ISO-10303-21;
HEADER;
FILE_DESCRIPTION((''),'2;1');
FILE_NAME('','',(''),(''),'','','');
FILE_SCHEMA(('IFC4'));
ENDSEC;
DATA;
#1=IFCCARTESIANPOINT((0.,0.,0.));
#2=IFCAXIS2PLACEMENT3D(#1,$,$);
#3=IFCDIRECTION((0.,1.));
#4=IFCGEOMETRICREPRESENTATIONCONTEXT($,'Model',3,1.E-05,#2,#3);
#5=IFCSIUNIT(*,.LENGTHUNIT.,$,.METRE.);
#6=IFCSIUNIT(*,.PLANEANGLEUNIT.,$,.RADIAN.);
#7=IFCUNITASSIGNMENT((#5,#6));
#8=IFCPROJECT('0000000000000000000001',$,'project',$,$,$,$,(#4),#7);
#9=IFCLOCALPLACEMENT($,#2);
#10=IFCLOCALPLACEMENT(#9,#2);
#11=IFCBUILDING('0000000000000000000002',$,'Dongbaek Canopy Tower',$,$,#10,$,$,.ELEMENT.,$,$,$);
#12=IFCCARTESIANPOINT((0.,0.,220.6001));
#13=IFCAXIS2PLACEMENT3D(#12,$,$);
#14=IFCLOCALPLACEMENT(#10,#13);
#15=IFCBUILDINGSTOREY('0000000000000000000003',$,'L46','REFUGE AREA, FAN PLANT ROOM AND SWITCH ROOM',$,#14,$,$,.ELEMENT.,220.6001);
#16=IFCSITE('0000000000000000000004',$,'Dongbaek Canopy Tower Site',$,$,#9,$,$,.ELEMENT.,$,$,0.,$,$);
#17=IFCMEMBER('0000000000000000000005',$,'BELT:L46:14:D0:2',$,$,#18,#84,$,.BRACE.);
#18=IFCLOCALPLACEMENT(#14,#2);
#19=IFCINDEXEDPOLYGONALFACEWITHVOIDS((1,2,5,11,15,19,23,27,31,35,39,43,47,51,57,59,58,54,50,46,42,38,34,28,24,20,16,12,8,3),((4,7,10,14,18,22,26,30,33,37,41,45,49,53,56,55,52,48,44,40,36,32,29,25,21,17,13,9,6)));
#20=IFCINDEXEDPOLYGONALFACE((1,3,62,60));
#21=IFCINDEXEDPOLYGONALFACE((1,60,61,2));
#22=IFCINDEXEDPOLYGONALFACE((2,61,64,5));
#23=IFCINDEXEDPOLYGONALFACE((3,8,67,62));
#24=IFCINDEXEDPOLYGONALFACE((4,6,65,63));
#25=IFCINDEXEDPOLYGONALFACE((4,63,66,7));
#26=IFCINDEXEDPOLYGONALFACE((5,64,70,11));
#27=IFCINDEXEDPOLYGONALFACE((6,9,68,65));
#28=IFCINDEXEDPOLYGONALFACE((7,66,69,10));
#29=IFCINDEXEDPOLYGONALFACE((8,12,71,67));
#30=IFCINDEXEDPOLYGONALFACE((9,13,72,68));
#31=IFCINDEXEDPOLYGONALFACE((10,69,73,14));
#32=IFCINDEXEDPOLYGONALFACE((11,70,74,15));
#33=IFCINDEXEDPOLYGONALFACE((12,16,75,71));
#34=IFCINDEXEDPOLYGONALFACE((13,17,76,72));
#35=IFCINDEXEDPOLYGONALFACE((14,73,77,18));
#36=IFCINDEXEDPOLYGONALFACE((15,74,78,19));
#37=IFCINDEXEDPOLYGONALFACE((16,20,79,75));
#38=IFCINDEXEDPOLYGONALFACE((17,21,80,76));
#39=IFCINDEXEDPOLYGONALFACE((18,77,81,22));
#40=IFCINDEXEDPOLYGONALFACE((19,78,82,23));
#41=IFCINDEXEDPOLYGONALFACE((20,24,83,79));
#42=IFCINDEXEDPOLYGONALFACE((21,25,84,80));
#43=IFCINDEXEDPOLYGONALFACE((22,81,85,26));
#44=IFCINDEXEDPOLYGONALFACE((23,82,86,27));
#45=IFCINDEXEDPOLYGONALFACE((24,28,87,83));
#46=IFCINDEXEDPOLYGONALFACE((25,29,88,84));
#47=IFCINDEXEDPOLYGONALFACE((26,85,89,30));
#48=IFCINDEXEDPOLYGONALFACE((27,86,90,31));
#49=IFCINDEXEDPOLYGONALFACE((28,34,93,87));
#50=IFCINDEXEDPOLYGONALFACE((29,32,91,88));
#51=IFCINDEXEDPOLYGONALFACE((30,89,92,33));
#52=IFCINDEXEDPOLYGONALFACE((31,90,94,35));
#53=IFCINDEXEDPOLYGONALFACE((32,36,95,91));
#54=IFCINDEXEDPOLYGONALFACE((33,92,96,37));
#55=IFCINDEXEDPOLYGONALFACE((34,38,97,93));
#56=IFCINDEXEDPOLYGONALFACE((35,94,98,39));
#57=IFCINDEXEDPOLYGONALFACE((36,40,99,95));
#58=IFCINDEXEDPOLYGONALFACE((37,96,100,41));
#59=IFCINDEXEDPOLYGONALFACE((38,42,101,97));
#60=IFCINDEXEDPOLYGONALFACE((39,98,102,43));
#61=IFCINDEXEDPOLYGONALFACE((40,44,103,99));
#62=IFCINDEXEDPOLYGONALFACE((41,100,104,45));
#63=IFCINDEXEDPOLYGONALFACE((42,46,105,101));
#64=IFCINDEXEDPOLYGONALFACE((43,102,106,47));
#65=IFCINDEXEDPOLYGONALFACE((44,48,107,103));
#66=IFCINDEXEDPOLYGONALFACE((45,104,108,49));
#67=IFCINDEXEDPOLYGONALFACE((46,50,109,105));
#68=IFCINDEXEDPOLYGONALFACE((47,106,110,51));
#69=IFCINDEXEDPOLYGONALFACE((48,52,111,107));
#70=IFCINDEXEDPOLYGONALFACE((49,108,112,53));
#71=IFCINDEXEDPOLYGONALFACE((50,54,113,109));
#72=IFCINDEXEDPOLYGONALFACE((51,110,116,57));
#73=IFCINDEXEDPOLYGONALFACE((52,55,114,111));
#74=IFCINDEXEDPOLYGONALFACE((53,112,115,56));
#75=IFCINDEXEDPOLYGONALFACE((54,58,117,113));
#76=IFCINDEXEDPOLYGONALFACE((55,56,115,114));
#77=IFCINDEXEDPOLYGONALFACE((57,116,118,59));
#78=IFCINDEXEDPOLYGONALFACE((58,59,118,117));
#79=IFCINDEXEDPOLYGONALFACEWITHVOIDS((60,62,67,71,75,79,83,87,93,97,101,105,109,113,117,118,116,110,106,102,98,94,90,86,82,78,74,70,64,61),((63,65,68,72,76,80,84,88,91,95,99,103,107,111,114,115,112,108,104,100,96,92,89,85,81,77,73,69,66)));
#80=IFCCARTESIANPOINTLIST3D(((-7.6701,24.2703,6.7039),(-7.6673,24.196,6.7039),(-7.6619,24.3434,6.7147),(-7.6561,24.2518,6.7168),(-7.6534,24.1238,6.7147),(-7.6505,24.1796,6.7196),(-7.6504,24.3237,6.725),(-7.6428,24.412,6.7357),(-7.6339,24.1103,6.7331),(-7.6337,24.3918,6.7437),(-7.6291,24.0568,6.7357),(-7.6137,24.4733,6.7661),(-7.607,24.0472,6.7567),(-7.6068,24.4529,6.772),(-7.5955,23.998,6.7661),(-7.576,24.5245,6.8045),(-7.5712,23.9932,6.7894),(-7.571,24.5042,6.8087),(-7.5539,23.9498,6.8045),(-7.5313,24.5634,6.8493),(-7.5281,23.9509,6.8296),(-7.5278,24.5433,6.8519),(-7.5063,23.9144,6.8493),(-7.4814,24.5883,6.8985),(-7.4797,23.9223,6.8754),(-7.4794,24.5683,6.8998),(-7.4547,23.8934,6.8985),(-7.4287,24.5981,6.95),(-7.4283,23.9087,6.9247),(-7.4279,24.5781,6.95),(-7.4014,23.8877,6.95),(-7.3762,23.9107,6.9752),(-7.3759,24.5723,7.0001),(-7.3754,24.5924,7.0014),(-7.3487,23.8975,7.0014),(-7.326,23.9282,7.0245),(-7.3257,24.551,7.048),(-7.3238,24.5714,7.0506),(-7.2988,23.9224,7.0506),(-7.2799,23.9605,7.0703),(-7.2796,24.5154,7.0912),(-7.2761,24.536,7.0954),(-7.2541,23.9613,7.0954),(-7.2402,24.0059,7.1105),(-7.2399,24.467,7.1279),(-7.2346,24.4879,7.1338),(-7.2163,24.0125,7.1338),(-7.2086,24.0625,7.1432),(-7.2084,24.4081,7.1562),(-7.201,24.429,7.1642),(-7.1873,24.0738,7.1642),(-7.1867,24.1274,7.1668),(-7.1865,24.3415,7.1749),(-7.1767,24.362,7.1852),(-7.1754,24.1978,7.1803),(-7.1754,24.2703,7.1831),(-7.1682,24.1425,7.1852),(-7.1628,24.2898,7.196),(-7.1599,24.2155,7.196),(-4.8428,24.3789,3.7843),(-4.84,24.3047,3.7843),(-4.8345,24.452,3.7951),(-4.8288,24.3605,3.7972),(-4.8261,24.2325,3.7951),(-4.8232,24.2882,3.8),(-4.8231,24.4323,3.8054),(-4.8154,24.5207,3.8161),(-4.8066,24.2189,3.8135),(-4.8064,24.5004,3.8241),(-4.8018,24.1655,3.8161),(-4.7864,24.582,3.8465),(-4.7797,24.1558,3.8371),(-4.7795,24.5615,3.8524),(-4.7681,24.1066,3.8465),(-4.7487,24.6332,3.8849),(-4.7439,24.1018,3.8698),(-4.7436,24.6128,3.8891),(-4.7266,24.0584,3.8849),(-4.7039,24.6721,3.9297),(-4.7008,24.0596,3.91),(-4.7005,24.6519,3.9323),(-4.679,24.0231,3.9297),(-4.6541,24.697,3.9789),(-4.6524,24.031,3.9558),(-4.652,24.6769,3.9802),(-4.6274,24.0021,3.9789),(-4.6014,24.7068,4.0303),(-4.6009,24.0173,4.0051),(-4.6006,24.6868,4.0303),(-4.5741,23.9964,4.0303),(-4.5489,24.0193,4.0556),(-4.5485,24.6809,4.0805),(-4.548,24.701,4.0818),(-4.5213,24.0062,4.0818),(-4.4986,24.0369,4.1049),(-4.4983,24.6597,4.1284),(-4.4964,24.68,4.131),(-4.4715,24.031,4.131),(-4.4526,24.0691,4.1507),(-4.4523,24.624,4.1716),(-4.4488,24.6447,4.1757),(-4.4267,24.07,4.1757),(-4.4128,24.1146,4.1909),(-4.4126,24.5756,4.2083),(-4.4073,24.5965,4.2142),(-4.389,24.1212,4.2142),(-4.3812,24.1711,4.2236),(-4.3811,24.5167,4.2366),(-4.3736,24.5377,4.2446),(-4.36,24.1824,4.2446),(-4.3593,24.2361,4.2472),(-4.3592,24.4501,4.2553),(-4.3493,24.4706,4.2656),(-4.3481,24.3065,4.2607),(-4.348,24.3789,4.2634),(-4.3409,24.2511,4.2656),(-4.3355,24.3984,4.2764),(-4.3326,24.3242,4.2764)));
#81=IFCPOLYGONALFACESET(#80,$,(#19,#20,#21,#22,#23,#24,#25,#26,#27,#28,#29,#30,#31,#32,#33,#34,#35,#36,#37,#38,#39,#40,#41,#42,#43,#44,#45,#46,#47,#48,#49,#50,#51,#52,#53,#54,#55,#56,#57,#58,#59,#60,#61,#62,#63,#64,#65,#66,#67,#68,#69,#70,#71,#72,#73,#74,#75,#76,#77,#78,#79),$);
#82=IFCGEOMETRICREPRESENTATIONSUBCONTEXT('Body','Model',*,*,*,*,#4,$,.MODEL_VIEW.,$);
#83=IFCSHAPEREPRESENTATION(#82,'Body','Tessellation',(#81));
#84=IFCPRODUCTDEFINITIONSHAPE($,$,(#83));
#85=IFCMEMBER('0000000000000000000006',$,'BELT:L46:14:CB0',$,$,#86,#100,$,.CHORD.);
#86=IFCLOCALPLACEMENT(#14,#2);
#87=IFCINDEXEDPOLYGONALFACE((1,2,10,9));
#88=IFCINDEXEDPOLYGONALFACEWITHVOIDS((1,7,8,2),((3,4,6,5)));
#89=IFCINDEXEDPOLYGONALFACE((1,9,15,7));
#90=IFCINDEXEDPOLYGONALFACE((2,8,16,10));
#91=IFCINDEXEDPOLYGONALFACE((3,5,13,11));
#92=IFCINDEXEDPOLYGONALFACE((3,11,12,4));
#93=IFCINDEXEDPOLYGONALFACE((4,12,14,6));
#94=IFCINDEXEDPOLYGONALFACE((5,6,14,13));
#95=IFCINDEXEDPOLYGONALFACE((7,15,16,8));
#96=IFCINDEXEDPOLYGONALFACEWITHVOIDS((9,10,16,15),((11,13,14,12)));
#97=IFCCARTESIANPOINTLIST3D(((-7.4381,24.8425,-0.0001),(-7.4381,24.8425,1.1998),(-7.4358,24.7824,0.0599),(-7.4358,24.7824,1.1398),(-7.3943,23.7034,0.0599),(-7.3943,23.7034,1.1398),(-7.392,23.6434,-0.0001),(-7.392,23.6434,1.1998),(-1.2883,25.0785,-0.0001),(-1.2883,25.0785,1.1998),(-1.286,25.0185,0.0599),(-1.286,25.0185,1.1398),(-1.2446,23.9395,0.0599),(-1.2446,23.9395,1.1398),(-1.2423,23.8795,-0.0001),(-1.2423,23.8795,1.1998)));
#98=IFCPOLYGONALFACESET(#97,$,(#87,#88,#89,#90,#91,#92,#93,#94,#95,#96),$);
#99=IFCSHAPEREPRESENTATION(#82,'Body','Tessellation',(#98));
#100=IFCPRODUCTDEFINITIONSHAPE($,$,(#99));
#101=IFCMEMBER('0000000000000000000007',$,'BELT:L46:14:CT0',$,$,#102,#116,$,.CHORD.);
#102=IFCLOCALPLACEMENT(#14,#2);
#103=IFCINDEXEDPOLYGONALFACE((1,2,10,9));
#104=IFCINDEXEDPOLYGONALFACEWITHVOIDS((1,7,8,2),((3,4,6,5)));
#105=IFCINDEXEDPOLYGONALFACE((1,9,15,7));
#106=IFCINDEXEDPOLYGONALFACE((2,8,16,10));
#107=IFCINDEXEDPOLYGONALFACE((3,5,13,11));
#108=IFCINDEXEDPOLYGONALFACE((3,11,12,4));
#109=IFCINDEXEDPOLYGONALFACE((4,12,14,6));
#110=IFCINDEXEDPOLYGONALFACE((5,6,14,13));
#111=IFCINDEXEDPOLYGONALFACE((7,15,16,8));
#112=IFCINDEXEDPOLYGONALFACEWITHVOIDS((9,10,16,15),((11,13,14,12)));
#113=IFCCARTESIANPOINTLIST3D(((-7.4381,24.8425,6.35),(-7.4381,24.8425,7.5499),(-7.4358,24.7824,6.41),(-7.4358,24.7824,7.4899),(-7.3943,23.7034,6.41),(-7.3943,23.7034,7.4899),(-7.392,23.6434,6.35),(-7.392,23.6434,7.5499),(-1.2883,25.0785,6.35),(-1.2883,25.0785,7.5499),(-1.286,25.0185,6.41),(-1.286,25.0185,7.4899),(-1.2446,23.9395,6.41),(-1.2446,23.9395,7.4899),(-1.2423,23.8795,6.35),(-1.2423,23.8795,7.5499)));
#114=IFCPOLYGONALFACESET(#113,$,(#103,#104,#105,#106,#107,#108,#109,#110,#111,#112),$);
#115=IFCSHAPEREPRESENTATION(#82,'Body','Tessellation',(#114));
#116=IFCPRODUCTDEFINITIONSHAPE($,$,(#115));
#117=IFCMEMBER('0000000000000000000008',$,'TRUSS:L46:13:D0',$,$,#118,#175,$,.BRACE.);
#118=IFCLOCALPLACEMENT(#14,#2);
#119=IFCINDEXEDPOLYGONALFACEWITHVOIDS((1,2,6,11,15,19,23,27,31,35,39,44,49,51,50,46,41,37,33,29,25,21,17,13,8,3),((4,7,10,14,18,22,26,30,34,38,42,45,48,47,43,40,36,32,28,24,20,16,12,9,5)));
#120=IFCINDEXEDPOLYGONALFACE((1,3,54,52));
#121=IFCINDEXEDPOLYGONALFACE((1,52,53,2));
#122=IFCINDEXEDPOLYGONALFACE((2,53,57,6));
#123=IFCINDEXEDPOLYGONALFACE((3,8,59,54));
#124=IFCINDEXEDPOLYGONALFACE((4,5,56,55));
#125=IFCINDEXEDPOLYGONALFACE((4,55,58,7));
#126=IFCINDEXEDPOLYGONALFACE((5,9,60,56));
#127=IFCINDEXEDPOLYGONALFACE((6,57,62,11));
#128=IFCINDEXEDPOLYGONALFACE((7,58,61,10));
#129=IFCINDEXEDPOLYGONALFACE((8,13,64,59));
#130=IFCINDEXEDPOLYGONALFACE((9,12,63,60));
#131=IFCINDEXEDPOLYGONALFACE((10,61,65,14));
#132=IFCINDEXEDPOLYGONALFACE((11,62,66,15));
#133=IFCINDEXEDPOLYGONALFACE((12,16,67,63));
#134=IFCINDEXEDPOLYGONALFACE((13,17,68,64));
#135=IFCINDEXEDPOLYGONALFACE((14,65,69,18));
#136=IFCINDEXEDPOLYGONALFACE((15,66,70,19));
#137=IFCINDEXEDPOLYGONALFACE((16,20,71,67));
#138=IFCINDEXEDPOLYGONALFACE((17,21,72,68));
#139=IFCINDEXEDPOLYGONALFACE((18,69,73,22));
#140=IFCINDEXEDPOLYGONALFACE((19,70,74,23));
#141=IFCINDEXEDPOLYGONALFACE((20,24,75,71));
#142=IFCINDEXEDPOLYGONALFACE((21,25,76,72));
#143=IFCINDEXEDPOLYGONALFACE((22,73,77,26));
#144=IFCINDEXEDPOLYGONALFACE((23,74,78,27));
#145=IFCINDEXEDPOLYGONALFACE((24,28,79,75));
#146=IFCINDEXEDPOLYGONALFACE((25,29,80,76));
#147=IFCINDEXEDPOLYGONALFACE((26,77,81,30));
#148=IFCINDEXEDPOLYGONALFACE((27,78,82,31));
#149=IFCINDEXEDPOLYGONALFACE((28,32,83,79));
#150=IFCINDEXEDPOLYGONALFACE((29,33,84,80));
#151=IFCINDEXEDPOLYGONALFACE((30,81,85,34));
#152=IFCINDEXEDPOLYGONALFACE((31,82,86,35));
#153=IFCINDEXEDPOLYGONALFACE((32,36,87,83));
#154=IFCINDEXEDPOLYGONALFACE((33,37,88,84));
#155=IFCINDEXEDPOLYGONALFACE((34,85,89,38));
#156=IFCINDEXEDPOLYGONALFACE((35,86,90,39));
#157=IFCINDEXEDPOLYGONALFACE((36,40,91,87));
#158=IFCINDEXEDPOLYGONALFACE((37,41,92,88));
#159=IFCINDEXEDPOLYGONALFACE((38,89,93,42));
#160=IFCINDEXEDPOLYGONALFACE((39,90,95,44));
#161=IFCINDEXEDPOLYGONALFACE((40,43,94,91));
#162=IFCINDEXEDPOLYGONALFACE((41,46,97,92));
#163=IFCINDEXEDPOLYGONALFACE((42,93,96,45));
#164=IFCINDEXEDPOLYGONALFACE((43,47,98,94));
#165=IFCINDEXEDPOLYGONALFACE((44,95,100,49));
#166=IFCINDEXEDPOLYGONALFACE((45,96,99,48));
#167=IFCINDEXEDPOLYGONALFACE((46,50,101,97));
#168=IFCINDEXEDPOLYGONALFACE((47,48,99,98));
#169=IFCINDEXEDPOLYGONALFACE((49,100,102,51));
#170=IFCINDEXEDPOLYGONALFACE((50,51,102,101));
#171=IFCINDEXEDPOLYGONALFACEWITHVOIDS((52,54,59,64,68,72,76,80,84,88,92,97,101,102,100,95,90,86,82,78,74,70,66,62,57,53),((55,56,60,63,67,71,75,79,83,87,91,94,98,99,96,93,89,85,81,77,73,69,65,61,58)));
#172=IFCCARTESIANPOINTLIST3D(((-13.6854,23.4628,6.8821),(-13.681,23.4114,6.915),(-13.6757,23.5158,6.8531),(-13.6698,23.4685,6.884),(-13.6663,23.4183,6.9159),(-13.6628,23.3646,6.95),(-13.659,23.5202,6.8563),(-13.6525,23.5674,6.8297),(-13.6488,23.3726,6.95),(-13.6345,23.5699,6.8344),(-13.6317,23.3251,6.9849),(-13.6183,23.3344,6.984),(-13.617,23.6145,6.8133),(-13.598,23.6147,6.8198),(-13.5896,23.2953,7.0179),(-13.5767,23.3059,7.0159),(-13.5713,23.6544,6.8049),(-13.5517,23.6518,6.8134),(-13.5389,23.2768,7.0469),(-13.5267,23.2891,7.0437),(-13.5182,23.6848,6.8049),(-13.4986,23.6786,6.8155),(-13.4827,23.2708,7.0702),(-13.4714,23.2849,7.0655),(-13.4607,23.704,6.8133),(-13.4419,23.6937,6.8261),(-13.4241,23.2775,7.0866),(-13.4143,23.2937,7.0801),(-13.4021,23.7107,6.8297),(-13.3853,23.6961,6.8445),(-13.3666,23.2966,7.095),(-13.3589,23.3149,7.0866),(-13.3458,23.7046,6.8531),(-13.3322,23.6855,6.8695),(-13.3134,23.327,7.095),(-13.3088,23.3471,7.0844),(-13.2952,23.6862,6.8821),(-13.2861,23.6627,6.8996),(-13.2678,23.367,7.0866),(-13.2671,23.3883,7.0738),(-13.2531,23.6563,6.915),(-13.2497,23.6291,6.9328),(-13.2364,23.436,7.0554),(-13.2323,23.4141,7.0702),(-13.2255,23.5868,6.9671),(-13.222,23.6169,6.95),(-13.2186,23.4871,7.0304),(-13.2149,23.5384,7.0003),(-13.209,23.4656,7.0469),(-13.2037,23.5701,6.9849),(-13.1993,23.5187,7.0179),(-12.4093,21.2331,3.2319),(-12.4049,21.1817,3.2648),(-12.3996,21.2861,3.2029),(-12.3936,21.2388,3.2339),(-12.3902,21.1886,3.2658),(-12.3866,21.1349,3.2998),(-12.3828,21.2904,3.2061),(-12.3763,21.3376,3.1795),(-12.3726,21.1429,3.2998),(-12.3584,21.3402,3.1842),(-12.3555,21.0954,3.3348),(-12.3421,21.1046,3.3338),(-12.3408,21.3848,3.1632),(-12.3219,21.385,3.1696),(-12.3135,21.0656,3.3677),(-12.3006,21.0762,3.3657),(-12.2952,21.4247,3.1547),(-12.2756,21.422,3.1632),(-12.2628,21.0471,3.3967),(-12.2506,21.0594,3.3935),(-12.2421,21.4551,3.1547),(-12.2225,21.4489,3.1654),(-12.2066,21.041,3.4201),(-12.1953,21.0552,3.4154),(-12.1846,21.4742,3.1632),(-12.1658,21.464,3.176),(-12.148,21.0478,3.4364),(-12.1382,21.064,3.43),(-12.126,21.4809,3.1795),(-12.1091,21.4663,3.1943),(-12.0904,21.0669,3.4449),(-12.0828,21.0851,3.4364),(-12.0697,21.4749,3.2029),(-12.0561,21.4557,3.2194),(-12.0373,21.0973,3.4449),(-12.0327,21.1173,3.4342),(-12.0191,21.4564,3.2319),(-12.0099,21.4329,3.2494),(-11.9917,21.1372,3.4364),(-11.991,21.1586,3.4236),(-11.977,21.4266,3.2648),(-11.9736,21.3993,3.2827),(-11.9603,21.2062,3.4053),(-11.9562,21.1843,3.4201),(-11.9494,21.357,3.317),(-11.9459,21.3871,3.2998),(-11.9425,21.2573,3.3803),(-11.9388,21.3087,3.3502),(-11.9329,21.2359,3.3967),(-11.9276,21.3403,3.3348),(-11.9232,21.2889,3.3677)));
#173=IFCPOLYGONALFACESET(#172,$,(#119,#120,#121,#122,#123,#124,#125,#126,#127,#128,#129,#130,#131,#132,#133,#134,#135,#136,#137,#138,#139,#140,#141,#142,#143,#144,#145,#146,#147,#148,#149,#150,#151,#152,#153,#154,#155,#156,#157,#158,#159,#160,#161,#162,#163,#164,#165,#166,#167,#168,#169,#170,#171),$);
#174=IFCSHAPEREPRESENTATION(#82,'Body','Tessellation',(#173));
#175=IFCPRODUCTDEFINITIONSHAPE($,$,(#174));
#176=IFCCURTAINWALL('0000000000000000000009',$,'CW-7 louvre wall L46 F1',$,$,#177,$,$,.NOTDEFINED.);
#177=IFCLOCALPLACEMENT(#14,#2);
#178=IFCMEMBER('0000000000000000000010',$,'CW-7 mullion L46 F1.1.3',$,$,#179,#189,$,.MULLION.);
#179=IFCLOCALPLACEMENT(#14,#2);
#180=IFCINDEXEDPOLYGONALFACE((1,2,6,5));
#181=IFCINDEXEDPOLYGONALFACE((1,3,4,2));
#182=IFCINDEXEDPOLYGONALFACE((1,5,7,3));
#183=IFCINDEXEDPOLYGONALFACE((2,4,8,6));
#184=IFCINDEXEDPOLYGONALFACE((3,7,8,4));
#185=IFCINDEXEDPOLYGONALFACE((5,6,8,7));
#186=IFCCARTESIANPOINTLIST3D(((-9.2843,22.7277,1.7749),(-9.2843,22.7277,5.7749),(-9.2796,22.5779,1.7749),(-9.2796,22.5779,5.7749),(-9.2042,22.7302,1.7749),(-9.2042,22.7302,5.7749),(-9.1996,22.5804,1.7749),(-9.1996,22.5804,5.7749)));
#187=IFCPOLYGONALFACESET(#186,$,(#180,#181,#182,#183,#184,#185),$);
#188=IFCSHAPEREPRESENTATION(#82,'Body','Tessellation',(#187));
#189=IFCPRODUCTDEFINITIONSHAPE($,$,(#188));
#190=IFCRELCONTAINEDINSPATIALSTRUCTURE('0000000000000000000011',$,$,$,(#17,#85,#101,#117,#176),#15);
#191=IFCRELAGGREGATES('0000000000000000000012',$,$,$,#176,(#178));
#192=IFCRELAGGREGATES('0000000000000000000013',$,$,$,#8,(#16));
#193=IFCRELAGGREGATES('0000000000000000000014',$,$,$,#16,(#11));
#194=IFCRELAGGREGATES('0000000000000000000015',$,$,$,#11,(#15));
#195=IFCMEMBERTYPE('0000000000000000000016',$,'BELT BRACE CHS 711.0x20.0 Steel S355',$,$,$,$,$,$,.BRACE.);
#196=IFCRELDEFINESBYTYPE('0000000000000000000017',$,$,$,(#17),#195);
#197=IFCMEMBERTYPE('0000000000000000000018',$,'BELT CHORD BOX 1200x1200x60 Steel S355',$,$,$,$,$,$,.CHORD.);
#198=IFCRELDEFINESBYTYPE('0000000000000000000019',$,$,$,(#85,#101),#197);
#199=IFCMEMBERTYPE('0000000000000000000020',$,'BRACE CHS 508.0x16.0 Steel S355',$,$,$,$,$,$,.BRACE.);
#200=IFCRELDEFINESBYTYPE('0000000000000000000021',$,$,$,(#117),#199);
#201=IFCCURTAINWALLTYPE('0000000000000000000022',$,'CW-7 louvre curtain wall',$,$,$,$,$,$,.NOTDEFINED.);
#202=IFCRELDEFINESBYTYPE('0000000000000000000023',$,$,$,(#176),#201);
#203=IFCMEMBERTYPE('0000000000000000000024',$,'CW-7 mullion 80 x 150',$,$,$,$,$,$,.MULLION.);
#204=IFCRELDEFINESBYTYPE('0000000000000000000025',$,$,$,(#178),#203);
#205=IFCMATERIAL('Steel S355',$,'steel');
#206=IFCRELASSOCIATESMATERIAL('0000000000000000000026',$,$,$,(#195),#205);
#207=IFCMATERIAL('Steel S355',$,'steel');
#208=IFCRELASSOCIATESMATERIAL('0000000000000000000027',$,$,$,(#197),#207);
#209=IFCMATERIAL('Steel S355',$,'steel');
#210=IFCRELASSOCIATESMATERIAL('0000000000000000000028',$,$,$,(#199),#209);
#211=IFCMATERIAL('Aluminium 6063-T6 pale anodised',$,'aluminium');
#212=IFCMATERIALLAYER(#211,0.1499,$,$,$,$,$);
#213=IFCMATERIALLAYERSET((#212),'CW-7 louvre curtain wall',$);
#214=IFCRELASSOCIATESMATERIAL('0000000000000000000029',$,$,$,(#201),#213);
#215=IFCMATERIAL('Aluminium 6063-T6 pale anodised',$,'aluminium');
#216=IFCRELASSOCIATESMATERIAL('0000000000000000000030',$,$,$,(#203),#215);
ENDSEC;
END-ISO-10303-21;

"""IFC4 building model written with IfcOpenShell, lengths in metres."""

from ifc_helpers import new_model, si_unit, direction, frame, origin, origin_2d, place, context, subcontext, project, spatial, rectangle, hollow_rectangle, hollow_circle, extrude, material, layer, layer_set, material_profile, profile_set, type_object, element, aggregate, save


model = new_model("IFC4")

# Units and contexts
model_context = context("Model", 3, precision=1e-05, world=origin(), true_north=direction((0.0, 1.0)))
body_context = subcontext(model_context, "Body", "Model", "MODEL_VIEW")
ifc_project = project(units=[si_unit("LENGTHUNIT", "METRE"), si_unit("PLANEANGLEUNIT", "RADIAN")], contexts=[model_context])

# Site, building, storey
site_placement = place(None, origin())
site = spatial("IfcSite", under=ifc_project, at=site_placement, Name="Dongbaek Canopy Tower Site", CompositionType="ELEMENT", RefElevation=0.0)
building_placement = place(site_placement, origin())
building = spatial("IfcBuilding", under=site, at=building_placement, Name="Dongbaek Canopy Tower", CompositionType="ELEMENT")
storey_placement = place(building_placement, frame((0.0, 0.0, 220.6001)))
storey = spatial("IfcBuildingStorey", under=building, at=storey_placement, Name="L46", Description="REFUGE AREA, FAN PLANT ROOM AND SWITCH ROOM", CompositionType="ELEMENT", Elevation=220.6001)

# Members
ifc_material_1 = material(Name="Steel S355", Category="steel")
ifc_material_profile_1 = material_profile(ifc_material_1, hollow_circle(Radius=0.3555, WallThickness=0.02, at=origin_2d()), Name="BELT BRACE CHS 711.0x20.0 Steel S355")
ifc_profile_set_1 = profile_set([ifc_material_profile_1], Name="Steel S355")
member_type_1 = type_object("IfcMemberType", Name="BELT BRACE CHS 711.0x20.0 Steel S355", PredefinedType="BRACE", material=ifc_profile_set_1)
member_1_placement = place(storey_placement, frame((-7.415, 24.2429, 6.95), z_axis=(0.695414, 0.026721, -0.718112), x_axis=(-0.038397, 0.999263, 0.0)))
element("IfcMember", 1, at=member_1_placement, inside=storey, type_object=member_type_1, Name="BELT:L46:14:D0:2", PredefinedType="BRACE", context=body_context, shape_type="SweptSolid", body=[
    extrude(hollow_circle(Radius=0.3555, WallThickness=0.02, at=origin_2d()), origin(), (0.0, 0.0, 1.0), 4.0657),
])
ifc_material_2 = material(Name="Steel S355", Category="steel")
ifc_material_profile_2 = material_profile(ifc_material_2, hollow_rectangle(XDim=1.2, YDim=1.2, WallThickness=0.0601, at=origin_2d()), Name="BELT CHORD BOX 1200x1200x60 Steel S355")
ifc_profile_set_2 = profile_set([ifc_material_profile_2], Name="Steel S355")
member_type_2 = type_object("IfcMemberType", Name="BELT CHORD BOX 1200x1200x60 Steel S355", PredefinedType="CHORD", material=ifc_profile_set_2)
for number, where, z_axis, x_axis, name in (
    (2, (-7.415, 24.2429, 0.5999), (0.999264, 0.038362, 0.0), (-0.038362, 0.999264, 0.0), "BELT:L46:14:CB0"),
    (3, (-7.415, 24.2429, 6.95), (0.999264, 0.038362, 0.0), (-0.038362, 0.999264, 0.0), "BELT:L46:14:CT0"),
):
    element("IfcMember", number, at=place(storey_placement, frame(where, z_axis=z_axis, x_axis=x_axis)), inside=storey, type_object=member_type_2, Name=name, PredefinedType="CHORD", context=body_context, shape_type="SweptSolid", body=[
        extrude(hollow_rectangle(XDim=1.2, YDim=1.2, WallThickness=0.0601, at=origin_2d()), origin(), (0.0, 0.0, 1.0), 6.1543),
    ])
ifc_material_3 = material(Name="Steel S355", Category="steel")
ifc_material_profile_3 = material_profile(ifc_material_3, hollow_circle(Radius=0.2539, WallThickness=0.0161, at=origin_2d()), Name="BRACE CHS 508.0x16.0 Steel S355")
ifc_profile_set_3 = profile_set([ifc_material_profile_3], Name="Steel S355")
member_type_3 = type_object("IfcMemberType", Name="BRACE CHS 508.0x16.0 Steel S355", PredefinedType="BRACE", material=ifc_profile_set_3)
member_2_placement = place(storey_placement, frame((-12.1663, 21.261, 3.2998), z_axis=(-0.285895, 0.499537, 0.817757), x_axis=(-0.86791, -0.496722, 0.0)))
element("IfcMember", 4, at=member_2_placement, inside=storey, type_object=member_type_3, Name="TRUSS:L46:13:D0", PredefinedType="BRACE", context=body_context, shape_type="SweptSolid", body=[
    extrude(hollow_circle(Radius=0.2539, WallThickness=0.0161, at=origin_2d()), origin(), (0.0, 0.0, 1.0), 4.4636),
])

# Curtain wall, member
ifc_material_4 = material(Name="Aluminium 6063-T6 pale anodised", Category="aluminium")
ifc_layer_1 = layer(ifc_material_4, 0.1499)
ifc_layer_set_1 = layer_set([ifc_layer_1], Name="CW-7 louvre curtain wall")
curtain_wall_type = type_object("IfcCurtainWallType", Name="CW-7 louvre curtain wall", PredefinedType="NOTDEFINED", material=ifc_layer_set_1)
curtain_wall_1_placement = place(storey_placement, origin())
curtain_wall_1 = element("IfcCurtainWall", 5, at=curtain_wall_1_placement, inside=storey, type_object=curtain_wall_type, Name="CW-7 louvre wall L46 F1", PredefinedType="NOTDEFINED")
ifc_material_5 = material(Name="Aluminium 6063-T6 pale anodised", Category="aluminium")
ifc_material_profile_4 = material_profile(ifc_material_5, rectangle(XDim=0.1499, YDim=0.0801, at=origin_2d()), Name="CW-7 mullion 80 x 150")
ifc_profile_set_4 = profile_set([ifc_material_profile_4], Name="Aluminium 6063-T6 pale anodised")
member_type_4 = type_object("IfcMemberType", Name="CW-7 mullion 80 x 150", PredefinedType="MULLION", material=ifc_profile_set_4)
member_3_placement = place(storey_placement, frame((-9.2419, 22.6541, 1.7749), z_axis=(0.0, 0.0, 1.0), x_axis=(-0.030965, 0.99952, 0.0)))
member_3 = element("IfcMember", 6, at=member_3_placement, type_object=member_type_4, Name="CW-7 mullion L46 F1.1.3", PredefinedType="MULLION", context=body_context, shape_type="SweptSolid", body=[
    extrude(rectangle(XDim=0.1499, YDim=0.0801, at=origin_2d()), origin(), (0.0, 0.0, 1.0), 4.0),
])
aggregate(curtain_wall_1, [member_3])

save(model, "model.ifc")
